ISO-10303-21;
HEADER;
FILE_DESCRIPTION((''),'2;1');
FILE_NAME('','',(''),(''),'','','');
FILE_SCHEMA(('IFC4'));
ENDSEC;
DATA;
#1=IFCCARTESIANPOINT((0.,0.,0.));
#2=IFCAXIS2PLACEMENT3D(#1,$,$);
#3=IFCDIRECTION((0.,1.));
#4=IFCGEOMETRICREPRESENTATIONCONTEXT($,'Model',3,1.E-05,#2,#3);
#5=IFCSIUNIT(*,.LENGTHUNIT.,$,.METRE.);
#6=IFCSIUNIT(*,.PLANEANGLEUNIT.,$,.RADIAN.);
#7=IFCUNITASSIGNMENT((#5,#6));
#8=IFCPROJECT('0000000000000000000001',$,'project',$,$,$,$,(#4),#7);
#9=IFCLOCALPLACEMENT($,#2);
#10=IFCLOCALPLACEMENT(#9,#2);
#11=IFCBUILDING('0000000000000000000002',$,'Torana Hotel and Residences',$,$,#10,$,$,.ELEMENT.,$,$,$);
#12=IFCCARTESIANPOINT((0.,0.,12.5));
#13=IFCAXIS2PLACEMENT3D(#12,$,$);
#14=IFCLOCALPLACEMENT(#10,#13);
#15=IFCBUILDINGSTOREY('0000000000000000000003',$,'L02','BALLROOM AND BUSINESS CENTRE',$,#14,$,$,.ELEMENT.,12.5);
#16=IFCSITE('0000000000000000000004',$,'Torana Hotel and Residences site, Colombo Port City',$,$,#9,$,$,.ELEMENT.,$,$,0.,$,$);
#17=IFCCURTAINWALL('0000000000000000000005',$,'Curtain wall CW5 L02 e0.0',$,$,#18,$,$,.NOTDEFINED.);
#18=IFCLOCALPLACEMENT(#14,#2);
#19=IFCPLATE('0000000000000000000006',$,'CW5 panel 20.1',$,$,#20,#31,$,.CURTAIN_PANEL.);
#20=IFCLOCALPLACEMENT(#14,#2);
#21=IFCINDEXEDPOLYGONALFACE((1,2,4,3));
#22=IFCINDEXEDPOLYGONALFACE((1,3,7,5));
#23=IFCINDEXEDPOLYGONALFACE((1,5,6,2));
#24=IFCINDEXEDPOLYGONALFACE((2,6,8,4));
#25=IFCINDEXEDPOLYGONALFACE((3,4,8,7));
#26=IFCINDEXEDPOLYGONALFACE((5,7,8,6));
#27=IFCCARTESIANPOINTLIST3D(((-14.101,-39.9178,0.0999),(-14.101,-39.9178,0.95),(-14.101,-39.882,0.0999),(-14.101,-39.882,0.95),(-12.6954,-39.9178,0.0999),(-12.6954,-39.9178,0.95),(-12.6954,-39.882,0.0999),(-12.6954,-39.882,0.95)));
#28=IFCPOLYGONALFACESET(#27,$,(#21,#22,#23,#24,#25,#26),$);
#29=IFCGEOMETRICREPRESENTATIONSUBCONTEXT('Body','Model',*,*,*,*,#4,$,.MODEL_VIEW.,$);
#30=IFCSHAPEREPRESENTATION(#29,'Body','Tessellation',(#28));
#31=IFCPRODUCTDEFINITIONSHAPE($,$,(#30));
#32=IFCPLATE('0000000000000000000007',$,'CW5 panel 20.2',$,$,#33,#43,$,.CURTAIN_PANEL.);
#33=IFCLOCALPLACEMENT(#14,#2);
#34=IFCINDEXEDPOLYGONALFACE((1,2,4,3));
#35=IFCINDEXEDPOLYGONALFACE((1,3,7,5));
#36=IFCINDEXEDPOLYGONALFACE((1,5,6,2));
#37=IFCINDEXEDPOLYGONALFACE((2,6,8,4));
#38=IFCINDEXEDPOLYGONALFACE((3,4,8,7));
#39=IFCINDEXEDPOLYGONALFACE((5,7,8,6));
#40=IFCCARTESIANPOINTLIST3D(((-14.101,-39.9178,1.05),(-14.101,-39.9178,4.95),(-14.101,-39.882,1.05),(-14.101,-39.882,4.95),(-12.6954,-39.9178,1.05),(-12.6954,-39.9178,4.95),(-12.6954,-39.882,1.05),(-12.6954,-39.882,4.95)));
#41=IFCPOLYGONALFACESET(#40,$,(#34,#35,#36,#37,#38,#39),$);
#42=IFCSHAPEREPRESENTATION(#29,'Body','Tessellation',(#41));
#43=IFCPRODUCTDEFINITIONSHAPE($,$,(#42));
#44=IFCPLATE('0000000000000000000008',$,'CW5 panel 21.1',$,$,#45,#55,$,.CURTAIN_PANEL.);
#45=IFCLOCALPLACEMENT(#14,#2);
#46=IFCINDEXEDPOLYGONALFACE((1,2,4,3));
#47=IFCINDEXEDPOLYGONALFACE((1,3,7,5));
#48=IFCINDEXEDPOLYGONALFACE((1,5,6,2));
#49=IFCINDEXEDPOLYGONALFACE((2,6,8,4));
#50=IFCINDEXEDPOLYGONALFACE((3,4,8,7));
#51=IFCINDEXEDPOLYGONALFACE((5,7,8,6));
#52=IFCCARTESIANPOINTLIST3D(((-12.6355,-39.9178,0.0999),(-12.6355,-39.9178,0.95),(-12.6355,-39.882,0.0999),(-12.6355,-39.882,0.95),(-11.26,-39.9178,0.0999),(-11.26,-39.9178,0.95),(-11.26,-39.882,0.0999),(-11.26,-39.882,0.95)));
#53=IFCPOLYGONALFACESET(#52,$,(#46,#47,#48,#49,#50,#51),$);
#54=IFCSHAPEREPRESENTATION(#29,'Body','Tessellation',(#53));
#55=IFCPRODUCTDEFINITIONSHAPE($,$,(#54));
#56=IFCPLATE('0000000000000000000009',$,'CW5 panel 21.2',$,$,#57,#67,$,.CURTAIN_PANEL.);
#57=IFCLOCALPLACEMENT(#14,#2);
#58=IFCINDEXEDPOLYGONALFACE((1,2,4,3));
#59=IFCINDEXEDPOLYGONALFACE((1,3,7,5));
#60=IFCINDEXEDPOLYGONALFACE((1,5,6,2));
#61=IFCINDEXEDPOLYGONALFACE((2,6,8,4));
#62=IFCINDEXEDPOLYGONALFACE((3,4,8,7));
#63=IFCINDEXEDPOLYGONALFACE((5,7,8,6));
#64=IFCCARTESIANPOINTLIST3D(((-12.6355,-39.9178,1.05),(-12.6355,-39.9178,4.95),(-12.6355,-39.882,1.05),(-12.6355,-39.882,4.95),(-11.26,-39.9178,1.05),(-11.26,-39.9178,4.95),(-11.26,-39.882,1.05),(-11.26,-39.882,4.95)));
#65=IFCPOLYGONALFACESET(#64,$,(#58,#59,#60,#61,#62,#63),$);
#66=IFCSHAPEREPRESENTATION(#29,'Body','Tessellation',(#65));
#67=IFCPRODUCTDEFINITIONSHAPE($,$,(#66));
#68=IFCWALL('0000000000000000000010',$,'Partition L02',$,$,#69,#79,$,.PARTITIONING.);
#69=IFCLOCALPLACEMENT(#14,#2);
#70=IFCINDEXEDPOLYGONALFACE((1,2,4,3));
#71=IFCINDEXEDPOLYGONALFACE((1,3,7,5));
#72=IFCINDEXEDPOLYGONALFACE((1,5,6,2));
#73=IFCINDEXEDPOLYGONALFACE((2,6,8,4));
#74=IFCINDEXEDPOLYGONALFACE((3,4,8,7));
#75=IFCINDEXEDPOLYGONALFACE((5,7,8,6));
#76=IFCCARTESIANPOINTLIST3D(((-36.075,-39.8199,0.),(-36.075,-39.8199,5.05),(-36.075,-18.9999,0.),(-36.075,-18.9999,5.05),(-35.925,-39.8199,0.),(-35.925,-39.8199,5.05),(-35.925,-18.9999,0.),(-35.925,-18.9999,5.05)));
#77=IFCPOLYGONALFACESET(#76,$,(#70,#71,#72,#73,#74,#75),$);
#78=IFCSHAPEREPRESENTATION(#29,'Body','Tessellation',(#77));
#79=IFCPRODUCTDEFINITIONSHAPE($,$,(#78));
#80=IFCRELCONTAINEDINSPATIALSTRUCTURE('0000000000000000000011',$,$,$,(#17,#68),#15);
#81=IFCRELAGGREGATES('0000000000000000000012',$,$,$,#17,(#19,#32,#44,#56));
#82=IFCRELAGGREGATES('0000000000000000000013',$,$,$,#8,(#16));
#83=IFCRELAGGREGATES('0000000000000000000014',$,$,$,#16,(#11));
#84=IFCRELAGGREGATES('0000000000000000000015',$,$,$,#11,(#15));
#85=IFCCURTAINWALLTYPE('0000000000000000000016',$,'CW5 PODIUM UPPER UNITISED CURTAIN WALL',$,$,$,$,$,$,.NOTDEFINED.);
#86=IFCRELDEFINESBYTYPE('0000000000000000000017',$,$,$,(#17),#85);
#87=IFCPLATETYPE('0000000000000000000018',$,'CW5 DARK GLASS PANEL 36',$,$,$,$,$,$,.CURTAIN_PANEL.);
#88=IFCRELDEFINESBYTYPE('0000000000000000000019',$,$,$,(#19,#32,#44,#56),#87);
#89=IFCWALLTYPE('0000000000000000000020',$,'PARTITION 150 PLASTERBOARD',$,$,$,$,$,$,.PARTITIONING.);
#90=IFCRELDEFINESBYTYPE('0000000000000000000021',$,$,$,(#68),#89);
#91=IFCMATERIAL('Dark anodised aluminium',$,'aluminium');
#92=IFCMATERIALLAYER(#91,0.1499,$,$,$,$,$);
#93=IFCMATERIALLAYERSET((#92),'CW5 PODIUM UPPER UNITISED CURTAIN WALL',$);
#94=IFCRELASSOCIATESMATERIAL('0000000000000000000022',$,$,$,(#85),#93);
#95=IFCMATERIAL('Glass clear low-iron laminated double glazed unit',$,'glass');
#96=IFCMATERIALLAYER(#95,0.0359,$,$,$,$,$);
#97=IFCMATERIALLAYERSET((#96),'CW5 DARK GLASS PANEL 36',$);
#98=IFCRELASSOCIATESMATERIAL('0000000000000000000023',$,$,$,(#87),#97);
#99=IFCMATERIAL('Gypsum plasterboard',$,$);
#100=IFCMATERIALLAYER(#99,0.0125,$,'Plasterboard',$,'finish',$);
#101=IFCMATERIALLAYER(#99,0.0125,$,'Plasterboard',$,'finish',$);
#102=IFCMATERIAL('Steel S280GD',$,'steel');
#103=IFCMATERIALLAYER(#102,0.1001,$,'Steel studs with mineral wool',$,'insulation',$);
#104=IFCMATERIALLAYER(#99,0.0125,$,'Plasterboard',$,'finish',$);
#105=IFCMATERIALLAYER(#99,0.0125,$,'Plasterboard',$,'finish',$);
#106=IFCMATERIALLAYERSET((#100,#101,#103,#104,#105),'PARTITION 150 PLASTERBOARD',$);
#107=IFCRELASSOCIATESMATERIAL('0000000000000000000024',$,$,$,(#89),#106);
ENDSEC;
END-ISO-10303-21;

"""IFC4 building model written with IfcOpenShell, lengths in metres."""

from ifc_helpers import new_model, si_unit, direction, frame, frame_2d, origin, origin_2d, place, context, subcontext, project, spatial, rectangle, extrude, material, layer, layer_set, type_object, element, aggregate, save


model = new_model("IFC4")

# Units and contexts
model_context = context("Model", 3, precision=1e-05, world=origin(), true_north=direction((0.0, 1.0)))
body_context = subcontext(model_context, "Body", "Model", "MODEL_VIEW")
ifc_project = project(units=[si_unit("LENGTHUNIT", "METRE"), si_unit("PLANEANGLEUNIT", "RADIAN")], contexts=[model_context])

# Site, building, storey
site_placement = place(None, origin())
site = spatial("IfcSite", under=ifc_project, at=site_placement, Name="Torana Hotel and Residences site, Colombo Port City", CompositionType="ELEMENT", RefElevation=0.0)
building_placement = place(site_placement, origin())
building = spatial("IfcBuilding", under=site, at=building_placement, Name="Torana Hotel and Residences", CompositionType="ELEMENT")
storey_placement = place(building_placement, frame((0.0, 0.0, 12.5)))
storey = spatial("IfcBuildingStorey", under=building, at=storey_placement, Name="L02", Description="BALLROOM AND BUSINESS CENTRE", CompositionType="ELEMENT", Elevation=12.5)

# Curtain wall, plates
ifc_material_1 = material(Name="Dark anodised aluminium", Category="aluminium")
ifc_layer_1 = layer(ifc_material_1, 0.1499)
ifc_layer_set_1 = layer_set([ifc_layer_1], Name="CW5 PODIUM UPPER UNITISED CURTAIN WALL")
curtain_wall_type = type_object("IfcCurtainWallType", Name="CW5 PODIUM UPPER UNITISED CURTAIN WALL", PredefinedType="NOTDEFINED", material=ifc_layer_set_1)
curtain_wall_placement = place(storey_placement, origin())
curtain_wall = element("IfcCurtainWall", 1, at=curtain_wall_placement, inside=storey, type_object=curtain_wall_type, Name="Curtain wall CW5 L02 e0.0", PredefinedType="NOTDEFINED")
ifc_material_2 = material(Name="Glass clear low-iron laminated double glazed unit", Category="glass")
ifc_layer_2 = layer(ifc_material_2, 0.0359)
ifc_layer_set_2 = layer_set([ifc_layer_2], Name="CW5 DARK GLASS PANEL 36")
plate_type = type_object("IfcPlateType", Name="CW5 DARK GLASS PANEL 36", PredefinedType="CURTAIN_PANEL", material=ifc_layer_set_2)
plate_1_placement = place(storey_placement, frame((-13.3982, -39.8999, 0.0999), z_axis=(0.0, 0.0, 1.0), x_axis=(1.0, 0.0, 0.0)))
plate_1 = element("IfcPlate", 2, at=plate_1_placement, type_object=plate_type, Name="CW5 panel 20.1", PredefinedType="CURTAIN_PANEL", context=body_context, shape_type="SweptSolid", body=[
    extrude(rectangle(XDim=1.4055, YDim=0.0359, at=origin_2d()), origin(), (0.0, 0.0, 1.0), 0.8501),
])
plate_2_placement = place(storey_placement, frame((-13.3982, -39.8999, 1.05), z_axis=(0.0, 0.0, 1.0), x_axis=(1.0, 0.0, 0.0)))
plate_2 = element("IfcPlate", 3, at=plate_2_placement, type_object=plate_type, Name="CW5 panel 20.2", PredefinedType="CURTAIN_PANEL", context=body_context, shape_type="SweptSolid", body=[
    extrude(rectangle(XDim=1.4055, YDim=0.0359, at=origin_2d()), origin(), (0.0, 0.0, 1.0), 3.8999),
])
plate_3_placement = place(storey_placement, frame((-11.9478, -39.8999, 0.0999), z_axis=(0.0, 0.0, 1.0), x_axis=(1.0, 0.0, 0.0)))
plate_3 = element("IfcPlate", 4, at=plate_3_placement, type_object=plate_type, Name="CW5 panel 21.1", PredefinedType="CURTAIN_PANEL", context=body_context, shape_type="SweptSolid", body=[
    extrude(rectangle(XDim=1.3755, YDim=0.0359, at=origin_2d()), origin(), (0.0, 0.0, 1.0), 0.8501),
])
plate_4_placement = place(storey_placement, frame((-11.9478, -39.8999, 1.05), z_axis=(0.0, 0.0, 1.0), x_axis=(1.0, 0.0, 0.0)))
plate_4 = element("IfcPlate", 5, at=plate_4_placement, type_object=plate_type, Name="CW5 panel 21.2", PredefinedType="CURTAIN_PANEL", context=body_context, shape_type="SweptSolid", body=[
    extrude(rectangle(XDim=1.3755, YDim=0.0359, at=origin_2d()), origin(), (0.0, 0.0, 1.0), 3.8999),
])
aggregate(curtain_wall, [plate_1, plate_2, plate_3, plate_4])

# Wall
ifc_material_3 = material(Name="Gypsum plasterboard")
ifc_layer_3 = layer(ifc_material_3, 0.0125, Name="Plasterboard", Category="finish")
ifc_layer_4 = layer(ifc_material_3, 0.0125, Name="Plasterboard", Category="finish")
ifc_material_4 = material(Name="Steel S280GD", Category="steel")
ifc_layer_5 = layer(ifc_material_4, 0.1001, Name="Steel studs with mineral wool", Category="insulation")
ifc_layer_6 = layer(ifc_material_3, 0.0125, Name="Plasterboard", Category="finish")
ifc_layer_7 = layer(ifc_material_3, 0.0125, Name="Plasterboard", Category="finish")
ifc_layer_set_3 = layer_set([ifc_layer_3, ifc_layer_4, ifc_layer_5, ifc_layer_6, ifc_layer_7], Name="PARTITION 150 PLASTERBOARD")
wall_type = type_object("IfcWallType", Name="PARTITION 150 PLASTERBOARD", PredefinedType="PARTITIONING", material=ifc_layer_set_3)
wall_placement = place(storey_placement, frame((-36.0, -39.8201, 0.0), z_axis=(0.0, 0.0, 1.0), x_axis=(0.0, 1.0, 0.0)))
element("IfcWall", 6, at=wall_placement, inside=storey, type_object=wall_type, Name="Partition L02", PredefinedType="PARTITIONING", context=body_context, shape_type="SweptSolid", body=[
    extrude(rectangle(XDim=20.8201, YDim=0.1499, at=frame_2d((10.4102, 0.0))), origin(), (0.0, 0.0, 1.0), 5.05),
])

save(model, "model.ifc")
